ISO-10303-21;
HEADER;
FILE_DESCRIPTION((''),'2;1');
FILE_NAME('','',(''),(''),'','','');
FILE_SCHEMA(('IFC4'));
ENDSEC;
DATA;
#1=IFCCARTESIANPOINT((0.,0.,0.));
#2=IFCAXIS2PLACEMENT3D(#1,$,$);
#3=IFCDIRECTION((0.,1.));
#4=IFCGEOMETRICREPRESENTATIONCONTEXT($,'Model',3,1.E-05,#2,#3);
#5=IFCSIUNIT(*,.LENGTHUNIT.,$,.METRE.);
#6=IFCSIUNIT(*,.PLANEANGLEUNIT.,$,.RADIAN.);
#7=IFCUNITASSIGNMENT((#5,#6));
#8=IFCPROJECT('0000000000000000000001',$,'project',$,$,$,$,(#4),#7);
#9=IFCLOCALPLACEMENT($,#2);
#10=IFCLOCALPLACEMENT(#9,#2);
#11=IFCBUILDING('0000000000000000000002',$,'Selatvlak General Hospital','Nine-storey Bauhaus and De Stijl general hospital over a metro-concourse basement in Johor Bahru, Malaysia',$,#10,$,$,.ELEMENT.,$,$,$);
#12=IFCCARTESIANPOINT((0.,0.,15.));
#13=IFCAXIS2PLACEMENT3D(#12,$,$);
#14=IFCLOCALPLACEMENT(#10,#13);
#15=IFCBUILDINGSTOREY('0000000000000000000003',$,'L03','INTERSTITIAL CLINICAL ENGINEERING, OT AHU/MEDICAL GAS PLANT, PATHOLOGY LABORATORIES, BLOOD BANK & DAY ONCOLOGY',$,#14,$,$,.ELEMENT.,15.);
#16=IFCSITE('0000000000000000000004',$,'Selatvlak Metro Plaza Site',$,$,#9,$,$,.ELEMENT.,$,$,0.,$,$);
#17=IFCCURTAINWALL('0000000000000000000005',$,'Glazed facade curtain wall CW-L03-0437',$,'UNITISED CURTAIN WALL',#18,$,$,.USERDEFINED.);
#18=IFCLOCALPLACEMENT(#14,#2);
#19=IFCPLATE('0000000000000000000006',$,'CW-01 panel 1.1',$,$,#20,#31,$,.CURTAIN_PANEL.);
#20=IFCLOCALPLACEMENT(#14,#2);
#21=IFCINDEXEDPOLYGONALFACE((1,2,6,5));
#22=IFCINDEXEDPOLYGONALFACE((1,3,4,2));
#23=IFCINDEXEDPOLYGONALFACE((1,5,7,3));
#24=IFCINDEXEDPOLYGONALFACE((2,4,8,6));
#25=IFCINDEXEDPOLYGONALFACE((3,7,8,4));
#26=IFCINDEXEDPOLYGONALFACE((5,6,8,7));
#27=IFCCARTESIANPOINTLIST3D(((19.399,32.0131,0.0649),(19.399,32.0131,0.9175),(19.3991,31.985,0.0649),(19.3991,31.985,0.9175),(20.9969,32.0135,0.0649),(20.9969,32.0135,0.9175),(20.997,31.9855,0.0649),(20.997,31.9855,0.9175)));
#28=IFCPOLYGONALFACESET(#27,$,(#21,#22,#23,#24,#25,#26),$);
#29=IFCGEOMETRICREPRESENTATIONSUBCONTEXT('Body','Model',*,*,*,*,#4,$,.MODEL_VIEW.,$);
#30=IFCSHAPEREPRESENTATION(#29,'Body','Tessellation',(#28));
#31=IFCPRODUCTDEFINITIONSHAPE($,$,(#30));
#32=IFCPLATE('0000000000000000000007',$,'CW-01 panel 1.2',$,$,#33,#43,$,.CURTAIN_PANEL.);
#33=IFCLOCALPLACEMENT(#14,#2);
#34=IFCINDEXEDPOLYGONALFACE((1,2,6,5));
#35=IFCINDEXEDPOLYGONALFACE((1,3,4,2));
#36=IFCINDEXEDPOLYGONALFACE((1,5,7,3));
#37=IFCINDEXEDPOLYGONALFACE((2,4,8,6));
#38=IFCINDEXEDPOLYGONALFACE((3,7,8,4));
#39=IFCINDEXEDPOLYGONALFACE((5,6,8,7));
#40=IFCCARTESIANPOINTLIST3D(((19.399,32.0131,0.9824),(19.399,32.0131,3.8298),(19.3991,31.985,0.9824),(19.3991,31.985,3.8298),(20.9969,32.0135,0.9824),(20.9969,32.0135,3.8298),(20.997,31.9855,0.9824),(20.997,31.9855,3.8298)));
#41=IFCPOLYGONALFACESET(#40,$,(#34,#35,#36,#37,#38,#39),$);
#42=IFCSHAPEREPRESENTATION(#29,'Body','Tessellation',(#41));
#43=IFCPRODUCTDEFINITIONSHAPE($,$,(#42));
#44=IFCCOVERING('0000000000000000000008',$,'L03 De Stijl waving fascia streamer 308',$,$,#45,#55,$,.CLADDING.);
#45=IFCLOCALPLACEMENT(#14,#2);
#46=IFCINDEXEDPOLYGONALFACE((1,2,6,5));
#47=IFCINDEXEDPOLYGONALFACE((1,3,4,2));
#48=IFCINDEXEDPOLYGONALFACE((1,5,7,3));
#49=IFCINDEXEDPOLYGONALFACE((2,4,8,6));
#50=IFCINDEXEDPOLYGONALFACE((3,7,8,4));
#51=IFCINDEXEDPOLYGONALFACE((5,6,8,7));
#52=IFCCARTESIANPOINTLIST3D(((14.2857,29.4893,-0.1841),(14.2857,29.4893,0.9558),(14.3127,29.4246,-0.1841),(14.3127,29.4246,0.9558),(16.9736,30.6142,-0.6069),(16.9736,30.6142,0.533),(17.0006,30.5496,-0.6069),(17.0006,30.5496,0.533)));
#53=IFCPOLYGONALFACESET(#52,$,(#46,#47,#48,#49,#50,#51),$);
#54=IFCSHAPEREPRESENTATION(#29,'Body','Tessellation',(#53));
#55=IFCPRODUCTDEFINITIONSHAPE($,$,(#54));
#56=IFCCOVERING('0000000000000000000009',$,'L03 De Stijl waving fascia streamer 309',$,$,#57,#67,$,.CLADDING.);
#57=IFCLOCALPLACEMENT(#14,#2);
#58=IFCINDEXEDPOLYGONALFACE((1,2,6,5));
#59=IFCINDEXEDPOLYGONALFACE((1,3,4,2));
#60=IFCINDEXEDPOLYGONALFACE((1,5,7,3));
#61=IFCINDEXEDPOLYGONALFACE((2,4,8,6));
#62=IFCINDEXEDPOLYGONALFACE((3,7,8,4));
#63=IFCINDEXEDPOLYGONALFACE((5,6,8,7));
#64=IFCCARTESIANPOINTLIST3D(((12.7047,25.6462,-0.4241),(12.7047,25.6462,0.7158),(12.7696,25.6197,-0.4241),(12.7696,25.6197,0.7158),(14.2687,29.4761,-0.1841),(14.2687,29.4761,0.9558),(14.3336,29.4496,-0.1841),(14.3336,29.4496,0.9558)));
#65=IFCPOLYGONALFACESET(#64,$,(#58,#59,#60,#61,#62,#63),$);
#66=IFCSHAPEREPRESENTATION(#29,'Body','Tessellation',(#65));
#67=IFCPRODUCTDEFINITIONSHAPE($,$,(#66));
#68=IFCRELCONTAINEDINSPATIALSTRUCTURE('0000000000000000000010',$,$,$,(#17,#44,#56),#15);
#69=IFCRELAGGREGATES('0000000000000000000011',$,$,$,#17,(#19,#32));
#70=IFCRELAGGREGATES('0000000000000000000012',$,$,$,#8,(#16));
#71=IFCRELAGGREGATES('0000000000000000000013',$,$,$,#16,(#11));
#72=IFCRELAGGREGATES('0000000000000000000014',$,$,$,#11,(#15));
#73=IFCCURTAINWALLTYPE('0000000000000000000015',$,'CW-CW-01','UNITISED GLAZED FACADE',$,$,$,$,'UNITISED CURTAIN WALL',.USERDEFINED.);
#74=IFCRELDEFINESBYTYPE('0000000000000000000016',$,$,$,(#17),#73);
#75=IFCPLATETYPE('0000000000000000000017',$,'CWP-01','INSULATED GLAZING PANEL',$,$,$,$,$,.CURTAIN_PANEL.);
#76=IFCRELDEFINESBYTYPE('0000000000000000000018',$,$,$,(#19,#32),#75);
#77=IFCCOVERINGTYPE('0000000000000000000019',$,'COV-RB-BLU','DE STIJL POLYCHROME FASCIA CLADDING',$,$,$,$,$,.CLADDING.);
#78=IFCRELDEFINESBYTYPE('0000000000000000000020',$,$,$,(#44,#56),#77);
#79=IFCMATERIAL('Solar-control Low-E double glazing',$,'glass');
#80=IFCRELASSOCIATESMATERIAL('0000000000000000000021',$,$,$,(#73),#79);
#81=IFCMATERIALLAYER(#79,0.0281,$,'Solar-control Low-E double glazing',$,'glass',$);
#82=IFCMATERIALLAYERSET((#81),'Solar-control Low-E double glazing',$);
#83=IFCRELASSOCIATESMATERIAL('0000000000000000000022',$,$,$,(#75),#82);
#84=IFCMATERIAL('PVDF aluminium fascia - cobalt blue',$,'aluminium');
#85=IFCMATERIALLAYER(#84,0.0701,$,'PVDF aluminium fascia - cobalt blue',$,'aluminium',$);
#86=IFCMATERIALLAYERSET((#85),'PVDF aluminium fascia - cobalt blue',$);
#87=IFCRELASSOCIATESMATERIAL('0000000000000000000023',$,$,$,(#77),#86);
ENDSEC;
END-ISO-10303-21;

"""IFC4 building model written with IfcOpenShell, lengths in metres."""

from ifc_helpers import new_model, si_unit, direction, frame, origin, origin_2d, place, context, subcontext, project, spatial, polyline, rectangle, outline, extrude, material, layer, layer_set, type_object, element, aggregate, save


model = new_model("IFC4")

# Units and contexts
model_context = context("Model", 3, precision=1e-05, world=origin(), true_north=direction((0.0, 1.0)))
body_context = subcontext(model_context, "Body", "Model", "MODEL_VIEW")
ifc_project = project(units=[si_unit("LENGTHUNIT", "METRE"), si_unit("PLANEANGLEUNIT", "RADIAN")], contexts=[model_context])

# Site, building, storey
site_placement = place(None, origin())
site = spatial("IfcSite", under=ifc_project, at=site_placement, Name="Selatvlak Metro Plaza Site", CompositionType="ELEMENT", RefElevation=0.0)
building_placement = place(site_placement, origin())
building = spatial("IfcBuilding", under=site, at=building_placement, Name="Selatvlak General Hospital", Description="Nine-storey Bauhaus and De Stijl general hospital over a metro-concourse basement in Johor Bahru, Malaysia", CompositionType="ELEMENT")
storey_placement = place(building_placement, frame((0.0, 0.0, 15.0)))
storey = spatial("IfcBuildingStorey", under=building, at=storey_placement, Name="L03", Description="INTERSTITIAL CLINICAL ENGINEERING, OT AHU/MEDICAL GAS PLANT, PATHOLOGY LABORATORIES, BLOOD BANK & DAY ONCOLOGY", CompositionType="ELEMENT", Elevation=15.0)

# Curtain wall
ifc_material_1 = material(Name="Solar-control Low-E double glazing", Category="glass")
curtain_wall_type_1 = type_object("IfcCurtainWallType", Name="CW-CW-01", Description="UNITISED GLAZED FACADE", ElementType="UNITISED CURTAIN WALL", PredefinedType="USERDEFINED", material=ifc_material_1)
curtain_wall_1_placement = place(storey_placement, origin())
curtain_wall_1 = element("IfcCurtainWall", 1, at=curtain_wall_1_placement, inside=storey, type_object=curtain_wall_type_1, Name="Glazed facade curtain wall CW-L03-0437", ObjectType="UNITISED CURTAIN WALL", PredefinedType="USERDEFINED")

# Plates
ifc_layer_1 = layer(ifc_material_1, 0.0281, Name="Solar-control Low-E double glazing", Category="glass")
ifc_layer_set_1 = layer_set([ifc_layer_1], Name="Solar-control Low-E double glazing")
plate_type = type_object("IfcPlateType", Name="CWP-01", Description="INSULATED GLAZING PANEL", PredefinedType="CURTAIN_PANEL", material=ifc_layer_set_1)
plate_1_placement = place(storey_placement, frame((20.198, 31.9993, 0.0649), z_axis=(0.0, 0.0, 1.0), x_axis=(1.0, 0.000295, 0.0)))
plate_1 = element("IfcPlate", 2, at=plate_1_placement, type_object=plate_type, Name="CW-01 panel 1.1", PredefinedType="CURTAIN_PANEL", context=body_context, shape_type="SweptSolid", body=[
    extrude(rectangle(XDim=1.5979, YDim=0.0281, at=origin_2d()), origin(), (0.0, 0.0, 1.0), 0.8525),
])
plate_2_placement = place(storey_placement, frame((20.198, 31.9993, 0.9824), z_axis=(0.0, 0.0, 1.0), x_axis=(1.0, 0.000295, 0.0)))
plate_2 = element("IfcPlate", 3, at=plate_2_placement, type_object=plate_type, Name="CW-01 panel 1.2", PredefinedType="CURTAIN_PANEL", context=body_context, shape_type="SweptSolid", body=[
    extrude(rectangle(XDim=1.5979, YDim=0.0281, at=origin_2d()), origin(), (0.0, 0.0, 1.0), 2.8474),
])
aggregate(curtain_wall_1, [plate_1, plate_2])

# Coverings
ifc_material_2 = material(Name="PVDF aluminium fascia - cobalt blue", Category="aluminium")
ifc_layer_2 = layer(ifc_material_2, 0.0701, Name="PVDF aluminium fascia - cobalt blue", Category="aluminium")
ifc_layer_set_2 = layer_set([ifc_layer_2], Name="PVDF aluminium fascia - cobalt blue")
covering_type = type_object("IfcCoveringType", Name="COV-RB-BLU", Description="DE STIJL POLYCHROME FASCIA CLADDING", PredefinedType="CLADDING", material=ifc_layer_set_2)
covering_1_placement = place(storey_placement, frame((16.9871, 30.582, -0.6069), z_axis=(0.0, 0.0, 1.0), x_axis=(-0.922466, -0.386078, 0.0)))
element("IfcCovering", 4, at=covering_1_placement, inside=storey, type_object=covering_type, Name="L03 De Stijl waving fascia streamer 308", PredefinedType="CLADDING", context=body_context, shape_type="SweptSolid", body=[
    extrude(outline(polyline([(0.0, 0.0), (2.9138, 0.4229), (2.9138, 1.5627), (0.0, 1.1399), (0.0, 0.0)])), frame((0.0, 0.0352, 0.0), z_axis=(0.0, -1.0, 0.0), x_axis=(1.0, 0.0, 0.0)), (0.0, 0.0, 1.0), 0.0701),
])
covering_2_placement = place(storey_placement, frame((14.301, 29.4629, -0.1841), z_axis=(0.0, 0.0, 1.0), x_axis=(-0.378056, -0.925783, 0.0)))
element("IfcCovering", 5, at=covering_2_placement, inside=storey, type_object=covering_type, Name="L03 De Stijl waving fascia streamer 309", PredefinedType="CLADDING", context=body_context, shape_type="SweptSolid", body=[
    extrude(outline(polyline([(0.0, 0.0), (4.137, -0.24), (4.137, 0.8999), (0.0, 1.1399), (0.0, 0.0)])), frame((0.0, 0.0352, 0.0), z_axis=(0.0, -1.0, 0.0), x_axis=(1.0, 0.0, 0.0)), (0.0, 0.0, 1.0), 0.0701),
])

save(model, "model.ifc")
